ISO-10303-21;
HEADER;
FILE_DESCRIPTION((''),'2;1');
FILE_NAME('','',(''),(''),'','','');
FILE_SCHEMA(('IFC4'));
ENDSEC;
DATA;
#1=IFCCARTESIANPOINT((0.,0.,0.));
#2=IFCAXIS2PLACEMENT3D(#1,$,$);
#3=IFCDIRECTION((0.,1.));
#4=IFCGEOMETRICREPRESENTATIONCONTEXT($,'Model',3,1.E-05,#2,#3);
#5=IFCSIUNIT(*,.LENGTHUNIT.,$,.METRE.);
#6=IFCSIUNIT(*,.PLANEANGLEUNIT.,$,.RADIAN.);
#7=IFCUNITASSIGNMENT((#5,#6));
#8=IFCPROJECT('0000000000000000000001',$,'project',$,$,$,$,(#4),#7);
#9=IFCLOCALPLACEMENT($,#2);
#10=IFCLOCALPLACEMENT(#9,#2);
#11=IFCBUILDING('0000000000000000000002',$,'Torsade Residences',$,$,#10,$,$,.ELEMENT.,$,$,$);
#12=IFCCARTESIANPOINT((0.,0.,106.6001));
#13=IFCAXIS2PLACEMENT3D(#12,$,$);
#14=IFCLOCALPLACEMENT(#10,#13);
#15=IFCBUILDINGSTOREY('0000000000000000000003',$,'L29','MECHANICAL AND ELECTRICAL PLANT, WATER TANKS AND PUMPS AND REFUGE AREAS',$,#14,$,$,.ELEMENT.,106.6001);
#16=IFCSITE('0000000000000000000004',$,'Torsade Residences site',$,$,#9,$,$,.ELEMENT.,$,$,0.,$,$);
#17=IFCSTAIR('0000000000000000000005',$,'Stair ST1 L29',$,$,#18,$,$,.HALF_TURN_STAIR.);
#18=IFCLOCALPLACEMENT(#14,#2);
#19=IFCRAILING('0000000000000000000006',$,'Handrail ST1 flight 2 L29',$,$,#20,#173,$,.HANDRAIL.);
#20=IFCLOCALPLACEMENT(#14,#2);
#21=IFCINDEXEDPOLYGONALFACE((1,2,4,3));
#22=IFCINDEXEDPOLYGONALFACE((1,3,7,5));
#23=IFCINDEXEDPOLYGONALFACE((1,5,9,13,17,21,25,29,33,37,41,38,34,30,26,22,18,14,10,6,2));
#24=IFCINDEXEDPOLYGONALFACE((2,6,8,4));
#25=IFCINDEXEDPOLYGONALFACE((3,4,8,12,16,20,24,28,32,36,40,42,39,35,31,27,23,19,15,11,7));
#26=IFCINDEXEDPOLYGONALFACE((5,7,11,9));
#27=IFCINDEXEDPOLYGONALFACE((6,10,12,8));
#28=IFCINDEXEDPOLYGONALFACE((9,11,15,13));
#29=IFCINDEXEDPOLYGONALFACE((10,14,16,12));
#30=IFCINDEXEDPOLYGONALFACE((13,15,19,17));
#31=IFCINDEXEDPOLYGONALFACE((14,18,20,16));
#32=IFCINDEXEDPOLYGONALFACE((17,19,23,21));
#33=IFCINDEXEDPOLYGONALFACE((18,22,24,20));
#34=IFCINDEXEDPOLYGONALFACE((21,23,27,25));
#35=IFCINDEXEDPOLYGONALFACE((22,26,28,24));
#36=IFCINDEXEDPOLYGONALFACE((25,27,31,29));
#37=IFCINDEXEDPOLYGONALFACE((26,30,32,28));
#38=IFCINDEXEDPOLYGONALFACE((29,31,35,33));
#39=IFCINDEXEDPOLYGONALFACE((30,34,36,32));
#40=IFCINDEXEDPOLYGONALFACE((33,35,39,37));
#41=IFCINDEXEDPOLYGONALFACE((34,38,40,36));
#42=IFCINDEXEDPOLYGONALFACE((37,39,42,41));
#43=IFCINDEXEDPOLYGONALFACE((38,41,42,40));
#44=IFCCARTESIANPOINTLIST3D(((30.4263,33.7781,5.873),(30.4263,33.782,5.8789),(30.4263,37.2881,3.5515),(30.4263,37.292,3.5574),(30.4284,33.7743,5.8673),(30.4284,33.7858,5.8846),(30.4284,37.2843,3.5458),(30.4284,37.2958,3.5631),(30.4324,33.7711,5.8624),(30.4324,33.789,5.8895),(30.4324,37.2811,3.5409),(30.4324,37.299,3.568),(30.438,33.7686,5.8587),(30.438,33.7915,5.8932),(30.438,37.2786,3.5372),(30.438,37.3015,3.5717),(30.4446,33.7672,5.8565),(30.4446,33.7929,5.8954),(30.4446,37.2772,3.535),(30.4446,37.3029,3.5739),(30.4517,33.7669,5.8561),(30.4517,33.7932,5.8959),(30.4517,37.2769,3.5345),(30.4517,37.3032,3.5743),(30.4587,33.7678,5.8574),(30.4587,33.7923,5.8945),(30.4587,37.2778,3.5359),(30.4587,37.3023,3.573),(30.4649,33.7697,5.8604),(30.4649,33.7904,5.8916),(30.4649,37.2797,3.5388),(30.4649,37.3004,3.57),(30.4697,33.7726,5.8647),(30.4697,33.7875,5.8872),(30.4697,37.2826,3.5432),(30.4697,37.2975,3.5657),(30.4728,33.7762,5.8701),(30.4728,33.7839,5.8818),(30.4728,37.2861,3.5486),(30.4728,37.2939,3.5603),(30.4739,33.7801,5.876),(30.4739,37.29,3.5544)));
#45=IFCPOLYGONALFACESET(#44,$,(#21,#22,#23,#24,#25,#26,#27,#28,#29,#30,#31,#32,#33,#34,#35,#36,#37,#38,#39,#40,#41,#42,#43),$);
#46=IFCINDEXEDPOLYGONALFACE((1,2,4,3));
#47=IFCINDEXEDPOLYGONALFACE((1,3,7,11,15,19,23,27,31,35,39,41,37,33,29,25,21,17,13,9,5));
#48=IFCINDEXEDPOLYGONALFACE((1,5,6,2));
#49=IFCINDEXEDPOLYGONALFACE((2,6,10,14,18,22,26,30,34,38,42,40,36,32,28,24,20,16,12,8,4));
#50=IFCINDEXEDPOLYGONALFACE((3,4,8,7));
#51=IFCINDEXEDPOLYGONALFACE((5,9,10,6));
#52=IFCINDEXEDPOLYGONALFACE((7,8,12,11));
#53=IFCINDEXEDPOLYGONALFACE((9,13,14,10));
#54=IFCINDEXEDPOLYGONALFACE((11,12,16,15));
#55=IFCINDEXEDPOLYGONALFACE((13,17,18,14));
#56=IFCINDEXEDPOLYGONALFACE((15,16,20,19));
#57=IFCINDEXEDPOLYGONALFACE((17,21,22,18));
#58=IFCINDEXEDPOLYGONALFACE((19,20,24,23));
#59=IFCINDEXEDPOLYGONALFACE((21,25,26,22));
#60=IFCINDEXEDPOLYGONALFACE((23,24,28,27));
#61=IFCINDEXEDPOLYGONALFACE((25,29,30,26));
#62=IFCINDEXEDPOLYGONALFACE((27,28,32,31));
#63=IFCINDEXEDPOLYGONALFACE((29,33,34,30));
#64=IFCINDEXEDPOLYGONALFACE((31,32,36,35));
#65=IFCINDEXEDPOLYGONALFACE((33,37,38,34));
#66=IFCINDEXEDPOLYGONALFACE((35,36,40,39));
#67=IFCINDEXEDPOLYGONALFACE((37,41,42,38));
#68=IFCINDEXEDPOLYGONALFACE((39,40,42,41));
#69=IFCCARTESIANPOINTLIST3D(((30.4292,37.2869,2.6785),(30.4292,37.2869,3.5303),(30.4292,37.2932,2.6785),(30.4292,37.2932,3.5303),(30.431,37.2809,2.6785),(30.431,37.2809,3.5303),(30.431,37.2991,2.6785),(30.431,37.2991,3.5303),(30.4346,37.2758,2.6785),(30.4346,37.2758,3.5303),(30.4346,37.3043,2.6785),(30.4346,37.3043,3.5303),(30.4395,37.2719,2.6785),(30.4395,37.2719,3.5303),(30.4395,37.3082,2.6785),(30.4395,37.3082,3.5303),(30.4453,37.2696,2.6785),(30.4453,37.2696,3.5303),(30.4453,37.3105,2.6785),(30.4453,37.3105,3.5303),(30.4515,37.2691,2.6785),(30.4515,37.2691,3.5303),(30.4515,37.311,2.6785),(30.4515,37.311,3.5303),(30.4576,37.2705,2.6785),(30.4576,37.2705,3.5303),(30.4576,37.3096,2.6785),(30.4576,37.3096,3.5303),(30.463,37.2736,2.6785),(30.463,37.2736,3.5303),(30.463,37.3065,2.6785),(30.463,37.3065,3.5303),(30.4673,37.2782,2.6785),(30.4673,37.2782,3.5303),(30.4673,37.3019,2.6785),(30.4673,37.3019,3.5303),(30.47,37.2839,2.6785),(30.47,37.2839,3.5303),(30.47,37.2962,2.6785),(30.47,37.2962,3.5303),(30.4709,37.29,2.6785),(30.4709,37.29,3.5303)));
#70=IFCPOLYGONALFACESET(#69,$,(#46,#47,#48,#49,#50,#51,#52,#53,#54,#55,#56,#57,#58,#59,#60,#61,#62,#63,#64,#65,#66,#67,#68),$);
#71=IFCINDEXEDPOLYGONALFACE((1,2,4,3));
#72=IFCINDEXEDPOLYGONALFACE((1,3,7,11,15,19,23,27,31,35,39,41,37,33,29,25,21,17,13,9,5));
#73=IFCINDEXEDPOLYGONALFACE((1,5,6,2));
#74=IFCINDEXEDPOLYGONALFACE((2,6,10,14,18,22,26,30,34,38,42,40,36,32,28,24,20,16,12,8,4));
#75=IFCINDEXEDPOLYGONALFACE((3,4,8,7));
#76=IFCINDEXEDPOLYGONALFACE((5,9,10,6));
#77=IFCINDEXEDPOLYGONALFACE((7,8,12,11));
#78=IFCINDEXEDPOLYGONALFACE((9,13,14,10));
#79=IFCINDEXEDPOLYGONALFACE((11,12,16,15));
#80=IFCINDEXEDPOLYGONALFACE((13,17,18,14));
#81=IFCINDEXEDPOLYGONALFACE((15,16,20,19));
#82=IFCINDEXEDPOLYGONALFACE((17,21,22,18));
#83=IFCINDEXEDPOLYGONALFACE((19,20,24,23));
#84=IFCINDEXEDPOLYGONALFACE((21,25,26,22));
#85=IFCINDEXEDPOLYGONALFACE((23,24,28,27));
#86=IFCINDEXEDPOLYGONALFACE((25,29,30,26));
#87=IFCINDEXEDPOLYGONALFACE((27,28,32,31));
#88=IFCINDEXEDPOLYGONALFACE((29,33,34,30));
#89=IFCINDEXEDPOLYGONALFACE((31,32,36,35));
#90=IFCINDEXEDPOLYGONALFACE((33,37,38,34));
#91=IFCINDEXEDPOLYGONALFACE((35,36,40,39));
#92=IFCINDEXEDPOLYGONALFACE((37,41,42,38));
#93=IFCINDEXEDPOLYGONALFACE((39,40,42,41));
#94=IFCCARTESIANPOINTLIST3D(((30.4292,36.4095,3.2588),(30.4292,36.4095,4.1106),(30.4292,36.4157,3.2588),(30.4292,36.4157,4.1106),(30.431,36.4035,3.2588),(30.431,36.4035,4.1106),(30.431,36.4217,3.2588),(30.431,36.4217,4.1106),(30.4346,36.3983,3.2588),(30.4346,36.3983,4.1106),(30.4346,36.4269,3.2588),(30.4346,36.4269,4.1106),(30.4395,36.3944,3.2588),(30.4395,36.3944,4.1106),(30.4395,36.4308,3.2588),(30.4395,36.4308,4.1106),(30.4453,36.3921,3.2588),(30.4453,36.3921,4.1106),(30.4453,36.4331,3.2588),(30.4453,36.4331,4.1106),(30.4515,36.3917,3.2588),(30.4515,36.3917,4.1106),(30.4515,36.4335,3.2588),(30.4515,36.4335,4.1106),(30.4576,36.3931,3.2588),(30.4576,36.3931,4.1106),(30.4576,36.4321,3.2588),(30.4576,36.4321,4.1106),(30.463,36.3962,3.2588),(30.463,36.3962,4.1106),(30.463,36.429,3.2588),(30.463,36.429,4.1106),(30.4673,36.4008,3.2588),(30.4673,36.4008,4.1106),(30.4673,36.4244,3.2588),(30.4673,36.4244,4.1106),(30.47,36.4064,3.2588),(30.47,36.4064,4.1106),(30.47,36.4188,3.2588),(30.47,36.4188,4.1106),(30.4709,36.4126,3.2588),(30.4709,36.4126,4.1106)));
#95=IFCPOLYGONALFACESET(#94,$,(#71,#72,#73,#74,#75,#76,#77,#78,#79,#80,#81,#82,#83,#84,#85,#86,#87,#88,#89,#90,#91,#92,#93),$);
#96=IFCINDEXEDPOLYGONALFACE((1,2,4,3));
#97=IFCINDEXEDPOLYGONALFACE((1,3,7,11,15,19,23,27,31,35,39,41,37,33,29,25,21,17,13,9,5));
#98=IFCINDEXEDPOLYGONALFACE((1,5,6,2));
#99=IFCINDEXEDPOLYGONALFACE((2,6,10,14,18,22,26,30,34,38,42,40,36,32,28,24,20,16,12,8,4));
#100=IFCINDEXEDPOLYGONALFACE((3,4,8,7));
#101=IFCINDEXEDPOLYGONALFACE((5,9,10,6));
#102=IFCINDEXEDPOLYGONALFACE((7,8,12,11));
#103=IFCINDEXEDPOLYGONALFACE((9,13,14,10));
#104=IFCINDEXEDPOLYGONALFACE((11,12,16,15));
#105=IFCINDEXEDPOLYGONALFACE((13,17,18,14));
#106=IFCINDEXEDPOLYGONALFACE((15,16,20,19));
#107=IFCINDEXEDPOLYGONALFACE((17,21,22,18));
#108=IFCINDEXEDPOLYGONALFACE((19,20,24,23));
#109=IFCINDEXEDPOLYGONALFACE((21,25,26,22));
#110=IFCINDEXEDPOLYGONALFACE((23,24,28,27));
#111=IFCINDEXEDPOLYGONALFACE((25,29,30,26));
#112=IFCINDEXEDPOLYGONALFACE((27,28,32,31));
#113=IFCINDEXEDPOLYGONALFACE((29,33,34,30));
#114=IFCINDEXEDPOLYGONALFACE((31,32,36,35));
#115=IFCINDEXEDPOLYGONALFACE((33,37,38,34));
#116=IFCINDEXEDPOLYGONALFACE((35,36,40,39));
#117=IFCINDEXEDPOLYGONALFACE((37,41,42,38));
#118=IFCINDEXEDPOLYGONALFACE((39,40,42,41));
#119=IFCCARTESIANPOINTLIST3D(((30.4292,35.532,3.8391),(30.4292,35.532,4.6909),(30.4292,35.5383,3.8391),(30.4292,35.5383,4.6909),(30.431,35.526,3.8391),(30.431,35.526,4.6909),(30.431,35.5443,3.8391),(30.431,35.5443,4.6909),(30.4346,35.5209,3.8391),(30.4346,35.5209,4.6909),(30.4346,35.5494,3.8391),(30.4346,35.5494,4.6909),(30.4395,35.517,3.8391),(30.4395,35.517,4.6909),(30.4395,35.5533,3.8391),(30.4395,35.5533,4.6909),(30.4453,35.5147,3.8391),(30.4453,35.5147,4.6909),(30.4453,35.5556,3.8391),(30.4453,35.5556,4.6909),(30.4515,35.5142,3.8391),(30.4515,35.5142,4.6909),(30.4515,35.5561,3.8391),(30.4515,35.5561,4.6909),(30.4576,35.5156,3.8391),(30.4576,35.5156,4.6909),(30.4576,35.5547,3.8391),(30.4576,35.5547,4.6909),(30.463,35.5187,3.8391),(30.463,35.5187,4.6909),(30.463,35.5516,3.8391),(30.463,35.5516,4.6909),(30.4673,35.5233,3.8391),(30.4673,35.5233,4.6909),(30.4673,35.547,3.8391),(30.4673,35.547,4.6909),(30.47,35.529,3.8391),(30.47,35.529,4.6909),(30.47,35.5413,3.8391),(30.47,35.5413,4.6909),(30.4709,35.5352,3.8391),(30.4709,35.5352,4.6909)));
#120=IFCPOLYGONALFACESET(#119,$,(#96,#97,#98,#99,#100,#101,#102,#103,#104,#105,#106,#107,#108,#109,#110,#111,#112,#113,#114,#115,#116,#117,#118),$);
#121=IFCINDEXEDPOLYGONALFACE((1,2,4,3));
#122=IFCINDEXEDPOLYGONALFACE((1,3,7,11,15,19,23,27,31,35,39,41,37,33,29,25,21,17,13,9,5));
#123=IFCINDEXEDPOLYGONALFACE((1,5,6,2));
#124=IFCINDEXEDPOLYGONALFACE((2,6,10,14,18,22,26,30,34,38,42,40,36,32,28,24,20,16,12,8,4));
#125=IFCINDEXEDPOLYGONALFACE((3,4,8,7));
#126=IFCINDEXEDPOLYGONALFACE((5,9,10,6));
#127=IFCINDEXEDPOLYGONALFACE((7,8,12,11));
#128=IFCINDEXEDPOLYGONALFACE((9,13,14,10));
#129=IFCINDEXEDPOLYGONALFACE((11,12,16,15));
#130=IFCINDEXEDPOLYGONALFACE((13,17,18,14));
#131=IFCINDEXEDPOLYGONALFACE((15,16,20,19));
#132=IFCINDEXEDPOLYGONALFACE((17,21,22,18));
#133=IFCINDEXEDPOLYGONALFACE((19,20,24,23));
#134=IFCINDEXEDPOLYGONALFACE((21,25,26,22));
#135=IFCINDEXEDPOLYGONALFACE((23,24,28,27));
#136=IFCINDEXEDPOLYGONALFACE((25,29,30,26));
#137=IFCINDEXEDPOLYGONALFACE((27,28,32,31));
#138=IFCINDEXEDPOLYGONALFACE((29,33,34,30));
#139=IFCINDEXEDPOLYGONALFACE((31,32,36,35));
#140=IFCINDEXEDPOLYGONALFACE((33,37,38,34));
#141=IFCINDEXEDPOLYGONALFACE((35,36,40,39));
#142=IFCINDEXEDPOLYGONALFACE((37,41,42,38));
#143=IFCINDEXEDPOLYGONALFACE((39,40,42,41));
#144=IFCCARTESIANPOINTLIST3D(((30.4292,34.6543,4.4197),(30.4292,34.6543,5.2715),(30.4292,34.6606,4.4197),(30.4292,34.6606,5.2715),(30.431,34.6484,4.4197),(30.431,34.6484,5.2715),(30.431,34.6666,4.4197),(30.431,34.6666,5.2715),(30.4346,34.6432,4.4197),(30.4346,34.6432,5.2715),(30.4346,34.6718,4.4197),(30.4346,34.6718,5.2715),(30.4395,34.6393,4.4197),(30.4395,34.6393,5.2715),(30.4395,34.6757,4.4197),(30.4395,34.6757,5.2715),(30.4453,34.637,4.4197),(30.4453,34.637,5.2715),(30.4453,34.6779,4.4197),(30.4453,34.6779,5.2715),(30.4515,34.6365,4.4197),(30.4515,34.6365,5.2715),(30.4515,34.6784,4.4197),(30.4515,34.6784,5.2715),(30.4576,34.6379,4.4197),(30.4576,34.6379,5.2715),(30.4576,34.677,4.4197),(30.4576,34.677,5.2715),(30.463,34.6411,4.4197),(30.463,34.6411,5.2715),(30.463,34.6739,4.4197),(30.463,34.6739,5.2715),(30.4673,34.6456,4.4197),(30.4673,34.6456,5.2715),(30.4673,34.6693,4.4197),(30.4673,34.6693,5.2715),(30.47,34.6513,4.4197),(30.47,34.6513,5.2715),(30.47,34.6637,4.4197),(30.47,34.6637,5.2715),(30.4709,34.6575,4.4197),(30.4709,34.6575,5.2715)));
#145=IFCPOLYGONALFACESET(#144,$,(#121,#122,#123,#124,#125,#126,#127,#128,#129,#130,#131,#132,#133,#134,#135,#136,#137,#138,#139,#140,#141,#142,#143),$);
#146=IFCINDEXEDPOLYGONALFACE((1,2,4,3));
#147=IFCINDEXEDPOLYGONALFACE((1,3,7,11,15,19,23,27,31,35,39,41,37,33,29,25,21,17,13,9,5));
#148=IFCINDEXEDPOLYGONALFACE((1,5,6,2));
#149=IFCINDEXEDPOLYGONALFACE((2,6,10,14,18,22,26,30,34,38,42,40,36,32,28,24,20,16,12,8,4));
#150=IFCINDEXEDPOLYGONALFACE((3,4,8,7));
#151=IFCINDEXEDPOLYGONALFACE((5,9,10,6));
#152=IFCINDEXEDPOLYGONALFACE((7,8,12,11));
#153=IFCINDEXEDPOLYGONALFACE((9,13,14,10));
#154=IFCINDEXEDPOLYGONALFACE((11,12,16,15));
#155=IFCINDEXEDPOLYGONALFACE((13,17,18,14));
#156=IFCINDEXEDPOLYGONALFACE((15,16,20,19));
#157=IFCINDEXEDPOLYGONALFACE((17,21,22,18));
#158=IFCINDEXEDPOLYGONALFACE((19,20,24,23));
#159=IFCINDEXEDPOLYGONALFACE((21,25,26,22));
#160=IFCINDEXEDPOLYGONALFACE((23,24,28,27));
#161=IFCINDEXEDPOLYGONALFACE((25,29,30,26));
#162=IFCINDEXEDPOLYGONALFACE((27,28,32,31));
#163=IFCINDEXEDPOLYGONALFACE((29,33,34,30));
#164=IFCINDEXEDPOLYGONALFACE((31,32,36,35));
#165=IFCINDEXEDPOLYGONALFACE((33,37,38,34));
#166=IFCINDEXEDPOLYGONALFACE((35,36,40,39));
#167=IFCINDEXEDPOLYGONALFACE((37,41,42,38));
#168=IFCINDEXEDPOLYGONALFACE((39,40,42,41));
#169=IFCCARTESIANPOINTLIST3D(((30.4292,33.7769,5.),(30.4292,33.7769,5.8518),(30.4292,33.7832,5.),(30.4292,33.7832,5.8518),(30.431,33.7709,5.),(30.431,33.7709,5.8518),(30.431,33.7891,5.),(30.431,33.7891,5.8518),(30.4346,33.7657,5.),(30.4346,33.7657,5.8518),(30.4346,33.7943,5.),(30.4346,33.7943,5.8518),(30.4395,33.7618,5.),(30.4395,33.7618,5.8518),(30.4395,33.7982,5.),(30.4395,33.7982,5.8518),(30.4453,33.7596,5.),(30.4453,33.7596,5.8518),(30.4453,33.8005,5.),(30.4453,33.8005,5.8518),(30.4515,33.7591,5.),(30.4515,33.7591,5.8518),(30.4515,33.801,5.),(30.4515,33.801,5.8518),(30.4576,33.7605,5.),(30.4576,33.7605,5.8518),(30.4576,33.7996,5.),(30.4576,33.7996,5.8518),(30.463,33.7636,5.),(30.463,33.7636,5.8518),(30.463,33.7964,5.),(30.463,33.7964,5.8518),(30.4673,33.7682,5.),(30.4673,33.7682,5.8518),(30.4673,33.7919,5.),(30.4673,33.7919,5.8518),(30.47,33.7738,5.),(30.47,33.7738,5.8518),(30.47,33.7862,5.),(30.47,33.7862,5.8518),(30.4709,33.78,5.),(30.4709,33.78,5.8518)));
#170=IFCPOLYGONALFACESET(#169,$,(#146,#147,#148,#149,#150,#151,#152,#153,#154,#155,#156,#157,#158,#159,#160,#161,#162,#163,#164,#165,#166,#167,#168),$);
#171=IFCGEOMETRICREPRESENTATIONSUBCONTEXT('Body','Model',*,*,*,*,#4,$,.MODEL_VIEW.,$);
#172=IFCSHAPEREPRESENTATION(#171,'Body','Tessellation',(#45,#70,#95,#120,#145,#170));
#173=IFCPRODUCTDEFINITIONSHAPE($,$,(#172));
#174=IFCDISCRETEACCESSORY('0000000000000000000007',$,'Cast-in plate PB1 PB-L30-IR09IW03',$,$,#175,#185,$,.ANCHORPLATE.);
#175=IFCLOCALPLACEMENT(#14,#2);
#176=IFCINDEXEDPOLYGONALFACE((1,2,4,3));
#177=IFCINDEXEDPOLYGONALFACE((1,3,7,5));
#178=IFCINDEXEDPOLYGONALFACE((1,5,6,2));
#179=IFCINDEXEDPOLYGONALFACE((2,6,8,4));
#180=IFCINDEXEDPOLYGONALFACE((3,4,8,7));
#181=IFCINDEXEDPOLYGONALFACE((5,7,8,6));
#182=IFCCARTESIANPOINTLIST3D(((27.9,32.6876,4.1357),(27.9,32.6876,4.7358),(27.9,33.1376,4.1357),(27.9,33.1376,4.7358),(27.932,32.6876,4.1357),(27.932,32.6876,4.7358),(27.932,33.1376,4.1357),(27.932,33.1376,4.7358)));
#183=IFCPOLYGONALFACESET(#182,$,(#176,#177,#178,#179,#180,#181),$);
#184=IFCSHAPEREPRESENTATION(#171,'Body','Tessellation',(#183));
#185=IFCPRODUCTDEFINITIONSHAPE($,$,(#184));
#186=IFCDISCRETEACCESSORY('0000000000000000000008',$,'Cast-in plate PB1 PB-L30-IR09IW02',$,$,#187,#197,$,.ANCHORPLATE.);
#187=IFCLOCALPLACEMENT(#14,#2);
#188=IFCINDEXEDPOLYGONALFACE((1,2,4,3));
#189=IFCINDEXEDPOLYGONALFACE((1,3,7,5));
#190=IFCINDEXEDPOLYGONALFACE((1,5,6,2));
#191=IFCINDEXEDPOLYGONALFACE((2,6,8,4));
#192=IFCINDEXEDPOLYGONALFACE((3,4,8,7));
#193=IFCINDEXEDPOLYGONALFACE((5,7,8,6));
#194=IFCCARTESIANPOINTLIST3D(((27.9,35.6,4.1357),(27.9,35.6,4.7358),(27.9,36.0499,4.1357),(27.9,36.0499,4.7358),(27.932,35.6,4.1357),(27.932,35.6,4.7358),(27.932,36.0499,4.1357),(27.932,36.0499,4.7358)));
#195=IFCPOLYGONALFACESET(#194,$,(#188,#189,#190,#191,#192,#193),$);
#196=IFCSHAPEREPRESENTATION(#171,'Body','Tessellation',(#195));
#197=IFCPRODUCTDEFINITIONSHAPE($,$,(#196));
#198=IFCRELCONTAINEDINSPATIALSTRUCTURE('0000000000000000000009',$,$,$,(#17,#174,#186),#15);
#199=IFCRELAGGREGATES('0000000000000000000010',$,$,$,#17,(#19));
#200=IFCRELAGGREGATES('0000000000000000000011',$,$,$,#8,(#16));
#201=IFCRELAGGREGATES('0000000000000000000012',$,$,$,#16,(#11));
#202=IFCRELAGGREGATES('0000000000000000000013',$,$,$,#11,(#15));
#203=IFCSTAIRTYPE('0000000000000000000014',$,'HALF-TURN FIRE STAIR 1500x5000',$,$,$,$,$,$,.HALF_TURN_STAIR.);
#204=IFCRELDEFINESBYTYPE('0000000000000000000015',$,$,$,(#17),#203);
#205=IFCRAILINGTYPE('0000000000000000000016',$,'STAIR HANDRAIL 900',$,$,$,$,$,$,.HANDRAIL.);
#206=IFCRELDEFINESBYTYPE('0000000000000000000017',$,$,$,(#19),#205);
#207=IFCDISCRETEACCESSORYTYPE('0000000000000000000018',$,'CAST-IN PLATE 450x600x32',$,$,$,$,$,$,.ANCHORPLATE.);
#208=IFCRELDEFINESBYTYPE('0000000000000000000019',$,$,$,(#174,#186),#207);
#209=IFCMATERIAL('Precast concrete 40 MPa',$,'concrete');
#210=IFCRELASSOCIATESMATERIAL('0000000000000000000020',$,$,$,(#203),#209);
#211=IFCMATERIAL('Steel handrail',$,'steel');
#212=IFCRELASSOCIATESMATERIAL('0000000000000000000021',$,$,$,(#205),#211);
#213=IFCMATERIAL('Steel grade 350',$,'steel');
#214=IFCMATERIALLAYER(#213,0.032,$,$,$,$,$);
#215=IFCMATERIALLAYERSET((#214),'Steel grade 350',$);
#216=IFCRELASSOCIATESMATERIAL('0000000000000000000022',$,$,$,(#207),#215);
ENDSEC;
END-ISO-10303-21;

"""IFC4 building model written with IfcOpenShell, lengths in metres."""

from ifc_helpers import new_model, si_unit, direction, frame, origin, origin_2d, place, context, subcontext, project, spatial, rectangle, circle, extrude, material, layer, layer_set, type_object, element, aggregate, save


model = new_model("IFC4")

# Units and contexts
model_context = context("Model", 3, precision=1e-05, world=origin(), true_north=direction((0.0, 1.0)))
body_context = subcontext(model_context, "Body", "Model", "MODEL_VIEW")
ifc_project = project(units=[si_unit("LENGTHUNIT", "METRE"), si_unit("PLANEANGLEUNIT", "RADIAN")], contexts=[model_context])

# Site, building, storey
site_placement = place(None, origin())
site = spatial("IfcSite", under=ifc_project, at=site_placement, Name="Torsade Residences site", CompositionType="ELEMENT", RefElevation=0.0)
building_placement = place(site_placement, origin())
building = spatial("IfcBuilding", under=site, at=building_placement, Name="Torsade Residences", CompositionType="ELEMENT")
storey_placement = place(building_placement, frame((0.0, 0.0, 106.6001)))
storey = spatial("IfcBuildingStorey", under=building, at=storey_placement, Name="L29", Description="MECHANICAL AND ELECTRICAL PLANT, WATER TANKS AND PUMPS AND REFUGE AREAS", CompositionType="ELEMENT", Elevation=106.6001)

# Stair, railing
ifc_material_1 = material(Name="Precast concrete 40 MPa", Category="concrete")
stair_type = type_object("IfcStairType", Name="HALF-TURN FIRE STAIR 1500x5000", PredefinedType="HALF_TURN_STAIR", material=ifc_material_1)
stair_placement = place(storey_placement, origin())
stair = element("IfcStair", 1, at=stair_placement, inside=storey, type_object=stair_type, Name="Stair ST1 L29", PredefinedType="HALF_TURN_STAIR")
ifc_material_2 = material(Name="Steel handrail", Category="steel")
railing_type = type_object("IfcRailingType", Name="STAIR HANDRAIL 900", PredefinedType="HANDRAIL", material=ifc_material_2)
railing_1_placement = place(storey_placement, frame((30.45, 37.29, 2.6785)))
railing_1 = element("IfcRailing", 2, at=railing_1_placement, type_object=railing_type, Name="Handrail ST1 flight 2 L29", PredefinedType="HANDRAIL", context=body_context, shape_type="SweptSolid", body=[
    extrude(circle(Radius=0.0239, at=origin_2d()), frame((0.0, 0.0, 0.876), z_axis=(0.0, -0.834071, 0.551657), x_axis=(1.0, 0.0, 0.0)), (0.0, 0.0, 1.0), 4.2083),
    extrude(circle(Radius=0.021, at=origin_2d()), origin(), (0.0, 0.0, 1.0), 0.8518),
    extrude(circle(Radius=0.021, at=origin_2d()), frame((0.0, -0.8774, 0.5803)), (0.0, 0.0, 1.0), 0.8518),
    extrude(circle(Radius=0.021, at=origin_2d()), frame((0.0, -1.7549, 1.1606)), (0.0, 0.0, 1.0), 0.8518),
    extrude(circle(Radius=0.021, at=origin_2d()), frame((0.0, -2.6326, 1.7412)), (0.0, 0.0, 1.0), 0.8518),
    extrude(circle(Radius=0.021, at=origin_2d()), frame((0.0, -3.51, 2.3215)), (0.0, 0.0, 1.0), 0.8518),
])
aggregate(stair, [railing_1])

# Discrete accessories
ifc_material_3 = material(Name="Steel grade 350", Category="steel")
ifc_layer_1 = layer(ifc_material_3, 0.032)
ifc_layer_set_1 = layer_set([ifc_layer_1], Name="Steel grade 350")
discrete_accessory_type = type_object("IfcDiscreteAccessoryType", Name="CAST-IN PLATE 450x600x32", PredefinedType="ANCHORPLATE", material=ifc_layer_set_1)
for number, where, z_axis, x_axis, name in (
    (3, (27.916, 32.9126, 4.1357), (0.0, 0.0, 1.0), (1.0, 0.0, 0.0), "Cast-in plate PB1 PB-L30-IR09IW03"),
    (4, (27.916, 35.825, 4.1357), (0.0, 0.0, 1.0), (1.0, 0.0, 0.0), "Cast-in plate PB1 PB-L30-IR09IW02"),
):
    element("IfcDiscreteAccessory", number, at=place(storey_placement, frame(where, z_axis=z_axis, x_axis=x_axis)), inside=storey, type_object=discrete_accessory_type, Name=name, PredefinedType="ANCHORPLATE", context=body_context, shape_type="SweptSolid", body=[
        extrude(rectangle(XDim=0.032, YDim=0.45, at=origin_2d()), origin(), (0.0, 0.0, 1.0), 0.6001),
    ])

save(model, "model.ifc")
